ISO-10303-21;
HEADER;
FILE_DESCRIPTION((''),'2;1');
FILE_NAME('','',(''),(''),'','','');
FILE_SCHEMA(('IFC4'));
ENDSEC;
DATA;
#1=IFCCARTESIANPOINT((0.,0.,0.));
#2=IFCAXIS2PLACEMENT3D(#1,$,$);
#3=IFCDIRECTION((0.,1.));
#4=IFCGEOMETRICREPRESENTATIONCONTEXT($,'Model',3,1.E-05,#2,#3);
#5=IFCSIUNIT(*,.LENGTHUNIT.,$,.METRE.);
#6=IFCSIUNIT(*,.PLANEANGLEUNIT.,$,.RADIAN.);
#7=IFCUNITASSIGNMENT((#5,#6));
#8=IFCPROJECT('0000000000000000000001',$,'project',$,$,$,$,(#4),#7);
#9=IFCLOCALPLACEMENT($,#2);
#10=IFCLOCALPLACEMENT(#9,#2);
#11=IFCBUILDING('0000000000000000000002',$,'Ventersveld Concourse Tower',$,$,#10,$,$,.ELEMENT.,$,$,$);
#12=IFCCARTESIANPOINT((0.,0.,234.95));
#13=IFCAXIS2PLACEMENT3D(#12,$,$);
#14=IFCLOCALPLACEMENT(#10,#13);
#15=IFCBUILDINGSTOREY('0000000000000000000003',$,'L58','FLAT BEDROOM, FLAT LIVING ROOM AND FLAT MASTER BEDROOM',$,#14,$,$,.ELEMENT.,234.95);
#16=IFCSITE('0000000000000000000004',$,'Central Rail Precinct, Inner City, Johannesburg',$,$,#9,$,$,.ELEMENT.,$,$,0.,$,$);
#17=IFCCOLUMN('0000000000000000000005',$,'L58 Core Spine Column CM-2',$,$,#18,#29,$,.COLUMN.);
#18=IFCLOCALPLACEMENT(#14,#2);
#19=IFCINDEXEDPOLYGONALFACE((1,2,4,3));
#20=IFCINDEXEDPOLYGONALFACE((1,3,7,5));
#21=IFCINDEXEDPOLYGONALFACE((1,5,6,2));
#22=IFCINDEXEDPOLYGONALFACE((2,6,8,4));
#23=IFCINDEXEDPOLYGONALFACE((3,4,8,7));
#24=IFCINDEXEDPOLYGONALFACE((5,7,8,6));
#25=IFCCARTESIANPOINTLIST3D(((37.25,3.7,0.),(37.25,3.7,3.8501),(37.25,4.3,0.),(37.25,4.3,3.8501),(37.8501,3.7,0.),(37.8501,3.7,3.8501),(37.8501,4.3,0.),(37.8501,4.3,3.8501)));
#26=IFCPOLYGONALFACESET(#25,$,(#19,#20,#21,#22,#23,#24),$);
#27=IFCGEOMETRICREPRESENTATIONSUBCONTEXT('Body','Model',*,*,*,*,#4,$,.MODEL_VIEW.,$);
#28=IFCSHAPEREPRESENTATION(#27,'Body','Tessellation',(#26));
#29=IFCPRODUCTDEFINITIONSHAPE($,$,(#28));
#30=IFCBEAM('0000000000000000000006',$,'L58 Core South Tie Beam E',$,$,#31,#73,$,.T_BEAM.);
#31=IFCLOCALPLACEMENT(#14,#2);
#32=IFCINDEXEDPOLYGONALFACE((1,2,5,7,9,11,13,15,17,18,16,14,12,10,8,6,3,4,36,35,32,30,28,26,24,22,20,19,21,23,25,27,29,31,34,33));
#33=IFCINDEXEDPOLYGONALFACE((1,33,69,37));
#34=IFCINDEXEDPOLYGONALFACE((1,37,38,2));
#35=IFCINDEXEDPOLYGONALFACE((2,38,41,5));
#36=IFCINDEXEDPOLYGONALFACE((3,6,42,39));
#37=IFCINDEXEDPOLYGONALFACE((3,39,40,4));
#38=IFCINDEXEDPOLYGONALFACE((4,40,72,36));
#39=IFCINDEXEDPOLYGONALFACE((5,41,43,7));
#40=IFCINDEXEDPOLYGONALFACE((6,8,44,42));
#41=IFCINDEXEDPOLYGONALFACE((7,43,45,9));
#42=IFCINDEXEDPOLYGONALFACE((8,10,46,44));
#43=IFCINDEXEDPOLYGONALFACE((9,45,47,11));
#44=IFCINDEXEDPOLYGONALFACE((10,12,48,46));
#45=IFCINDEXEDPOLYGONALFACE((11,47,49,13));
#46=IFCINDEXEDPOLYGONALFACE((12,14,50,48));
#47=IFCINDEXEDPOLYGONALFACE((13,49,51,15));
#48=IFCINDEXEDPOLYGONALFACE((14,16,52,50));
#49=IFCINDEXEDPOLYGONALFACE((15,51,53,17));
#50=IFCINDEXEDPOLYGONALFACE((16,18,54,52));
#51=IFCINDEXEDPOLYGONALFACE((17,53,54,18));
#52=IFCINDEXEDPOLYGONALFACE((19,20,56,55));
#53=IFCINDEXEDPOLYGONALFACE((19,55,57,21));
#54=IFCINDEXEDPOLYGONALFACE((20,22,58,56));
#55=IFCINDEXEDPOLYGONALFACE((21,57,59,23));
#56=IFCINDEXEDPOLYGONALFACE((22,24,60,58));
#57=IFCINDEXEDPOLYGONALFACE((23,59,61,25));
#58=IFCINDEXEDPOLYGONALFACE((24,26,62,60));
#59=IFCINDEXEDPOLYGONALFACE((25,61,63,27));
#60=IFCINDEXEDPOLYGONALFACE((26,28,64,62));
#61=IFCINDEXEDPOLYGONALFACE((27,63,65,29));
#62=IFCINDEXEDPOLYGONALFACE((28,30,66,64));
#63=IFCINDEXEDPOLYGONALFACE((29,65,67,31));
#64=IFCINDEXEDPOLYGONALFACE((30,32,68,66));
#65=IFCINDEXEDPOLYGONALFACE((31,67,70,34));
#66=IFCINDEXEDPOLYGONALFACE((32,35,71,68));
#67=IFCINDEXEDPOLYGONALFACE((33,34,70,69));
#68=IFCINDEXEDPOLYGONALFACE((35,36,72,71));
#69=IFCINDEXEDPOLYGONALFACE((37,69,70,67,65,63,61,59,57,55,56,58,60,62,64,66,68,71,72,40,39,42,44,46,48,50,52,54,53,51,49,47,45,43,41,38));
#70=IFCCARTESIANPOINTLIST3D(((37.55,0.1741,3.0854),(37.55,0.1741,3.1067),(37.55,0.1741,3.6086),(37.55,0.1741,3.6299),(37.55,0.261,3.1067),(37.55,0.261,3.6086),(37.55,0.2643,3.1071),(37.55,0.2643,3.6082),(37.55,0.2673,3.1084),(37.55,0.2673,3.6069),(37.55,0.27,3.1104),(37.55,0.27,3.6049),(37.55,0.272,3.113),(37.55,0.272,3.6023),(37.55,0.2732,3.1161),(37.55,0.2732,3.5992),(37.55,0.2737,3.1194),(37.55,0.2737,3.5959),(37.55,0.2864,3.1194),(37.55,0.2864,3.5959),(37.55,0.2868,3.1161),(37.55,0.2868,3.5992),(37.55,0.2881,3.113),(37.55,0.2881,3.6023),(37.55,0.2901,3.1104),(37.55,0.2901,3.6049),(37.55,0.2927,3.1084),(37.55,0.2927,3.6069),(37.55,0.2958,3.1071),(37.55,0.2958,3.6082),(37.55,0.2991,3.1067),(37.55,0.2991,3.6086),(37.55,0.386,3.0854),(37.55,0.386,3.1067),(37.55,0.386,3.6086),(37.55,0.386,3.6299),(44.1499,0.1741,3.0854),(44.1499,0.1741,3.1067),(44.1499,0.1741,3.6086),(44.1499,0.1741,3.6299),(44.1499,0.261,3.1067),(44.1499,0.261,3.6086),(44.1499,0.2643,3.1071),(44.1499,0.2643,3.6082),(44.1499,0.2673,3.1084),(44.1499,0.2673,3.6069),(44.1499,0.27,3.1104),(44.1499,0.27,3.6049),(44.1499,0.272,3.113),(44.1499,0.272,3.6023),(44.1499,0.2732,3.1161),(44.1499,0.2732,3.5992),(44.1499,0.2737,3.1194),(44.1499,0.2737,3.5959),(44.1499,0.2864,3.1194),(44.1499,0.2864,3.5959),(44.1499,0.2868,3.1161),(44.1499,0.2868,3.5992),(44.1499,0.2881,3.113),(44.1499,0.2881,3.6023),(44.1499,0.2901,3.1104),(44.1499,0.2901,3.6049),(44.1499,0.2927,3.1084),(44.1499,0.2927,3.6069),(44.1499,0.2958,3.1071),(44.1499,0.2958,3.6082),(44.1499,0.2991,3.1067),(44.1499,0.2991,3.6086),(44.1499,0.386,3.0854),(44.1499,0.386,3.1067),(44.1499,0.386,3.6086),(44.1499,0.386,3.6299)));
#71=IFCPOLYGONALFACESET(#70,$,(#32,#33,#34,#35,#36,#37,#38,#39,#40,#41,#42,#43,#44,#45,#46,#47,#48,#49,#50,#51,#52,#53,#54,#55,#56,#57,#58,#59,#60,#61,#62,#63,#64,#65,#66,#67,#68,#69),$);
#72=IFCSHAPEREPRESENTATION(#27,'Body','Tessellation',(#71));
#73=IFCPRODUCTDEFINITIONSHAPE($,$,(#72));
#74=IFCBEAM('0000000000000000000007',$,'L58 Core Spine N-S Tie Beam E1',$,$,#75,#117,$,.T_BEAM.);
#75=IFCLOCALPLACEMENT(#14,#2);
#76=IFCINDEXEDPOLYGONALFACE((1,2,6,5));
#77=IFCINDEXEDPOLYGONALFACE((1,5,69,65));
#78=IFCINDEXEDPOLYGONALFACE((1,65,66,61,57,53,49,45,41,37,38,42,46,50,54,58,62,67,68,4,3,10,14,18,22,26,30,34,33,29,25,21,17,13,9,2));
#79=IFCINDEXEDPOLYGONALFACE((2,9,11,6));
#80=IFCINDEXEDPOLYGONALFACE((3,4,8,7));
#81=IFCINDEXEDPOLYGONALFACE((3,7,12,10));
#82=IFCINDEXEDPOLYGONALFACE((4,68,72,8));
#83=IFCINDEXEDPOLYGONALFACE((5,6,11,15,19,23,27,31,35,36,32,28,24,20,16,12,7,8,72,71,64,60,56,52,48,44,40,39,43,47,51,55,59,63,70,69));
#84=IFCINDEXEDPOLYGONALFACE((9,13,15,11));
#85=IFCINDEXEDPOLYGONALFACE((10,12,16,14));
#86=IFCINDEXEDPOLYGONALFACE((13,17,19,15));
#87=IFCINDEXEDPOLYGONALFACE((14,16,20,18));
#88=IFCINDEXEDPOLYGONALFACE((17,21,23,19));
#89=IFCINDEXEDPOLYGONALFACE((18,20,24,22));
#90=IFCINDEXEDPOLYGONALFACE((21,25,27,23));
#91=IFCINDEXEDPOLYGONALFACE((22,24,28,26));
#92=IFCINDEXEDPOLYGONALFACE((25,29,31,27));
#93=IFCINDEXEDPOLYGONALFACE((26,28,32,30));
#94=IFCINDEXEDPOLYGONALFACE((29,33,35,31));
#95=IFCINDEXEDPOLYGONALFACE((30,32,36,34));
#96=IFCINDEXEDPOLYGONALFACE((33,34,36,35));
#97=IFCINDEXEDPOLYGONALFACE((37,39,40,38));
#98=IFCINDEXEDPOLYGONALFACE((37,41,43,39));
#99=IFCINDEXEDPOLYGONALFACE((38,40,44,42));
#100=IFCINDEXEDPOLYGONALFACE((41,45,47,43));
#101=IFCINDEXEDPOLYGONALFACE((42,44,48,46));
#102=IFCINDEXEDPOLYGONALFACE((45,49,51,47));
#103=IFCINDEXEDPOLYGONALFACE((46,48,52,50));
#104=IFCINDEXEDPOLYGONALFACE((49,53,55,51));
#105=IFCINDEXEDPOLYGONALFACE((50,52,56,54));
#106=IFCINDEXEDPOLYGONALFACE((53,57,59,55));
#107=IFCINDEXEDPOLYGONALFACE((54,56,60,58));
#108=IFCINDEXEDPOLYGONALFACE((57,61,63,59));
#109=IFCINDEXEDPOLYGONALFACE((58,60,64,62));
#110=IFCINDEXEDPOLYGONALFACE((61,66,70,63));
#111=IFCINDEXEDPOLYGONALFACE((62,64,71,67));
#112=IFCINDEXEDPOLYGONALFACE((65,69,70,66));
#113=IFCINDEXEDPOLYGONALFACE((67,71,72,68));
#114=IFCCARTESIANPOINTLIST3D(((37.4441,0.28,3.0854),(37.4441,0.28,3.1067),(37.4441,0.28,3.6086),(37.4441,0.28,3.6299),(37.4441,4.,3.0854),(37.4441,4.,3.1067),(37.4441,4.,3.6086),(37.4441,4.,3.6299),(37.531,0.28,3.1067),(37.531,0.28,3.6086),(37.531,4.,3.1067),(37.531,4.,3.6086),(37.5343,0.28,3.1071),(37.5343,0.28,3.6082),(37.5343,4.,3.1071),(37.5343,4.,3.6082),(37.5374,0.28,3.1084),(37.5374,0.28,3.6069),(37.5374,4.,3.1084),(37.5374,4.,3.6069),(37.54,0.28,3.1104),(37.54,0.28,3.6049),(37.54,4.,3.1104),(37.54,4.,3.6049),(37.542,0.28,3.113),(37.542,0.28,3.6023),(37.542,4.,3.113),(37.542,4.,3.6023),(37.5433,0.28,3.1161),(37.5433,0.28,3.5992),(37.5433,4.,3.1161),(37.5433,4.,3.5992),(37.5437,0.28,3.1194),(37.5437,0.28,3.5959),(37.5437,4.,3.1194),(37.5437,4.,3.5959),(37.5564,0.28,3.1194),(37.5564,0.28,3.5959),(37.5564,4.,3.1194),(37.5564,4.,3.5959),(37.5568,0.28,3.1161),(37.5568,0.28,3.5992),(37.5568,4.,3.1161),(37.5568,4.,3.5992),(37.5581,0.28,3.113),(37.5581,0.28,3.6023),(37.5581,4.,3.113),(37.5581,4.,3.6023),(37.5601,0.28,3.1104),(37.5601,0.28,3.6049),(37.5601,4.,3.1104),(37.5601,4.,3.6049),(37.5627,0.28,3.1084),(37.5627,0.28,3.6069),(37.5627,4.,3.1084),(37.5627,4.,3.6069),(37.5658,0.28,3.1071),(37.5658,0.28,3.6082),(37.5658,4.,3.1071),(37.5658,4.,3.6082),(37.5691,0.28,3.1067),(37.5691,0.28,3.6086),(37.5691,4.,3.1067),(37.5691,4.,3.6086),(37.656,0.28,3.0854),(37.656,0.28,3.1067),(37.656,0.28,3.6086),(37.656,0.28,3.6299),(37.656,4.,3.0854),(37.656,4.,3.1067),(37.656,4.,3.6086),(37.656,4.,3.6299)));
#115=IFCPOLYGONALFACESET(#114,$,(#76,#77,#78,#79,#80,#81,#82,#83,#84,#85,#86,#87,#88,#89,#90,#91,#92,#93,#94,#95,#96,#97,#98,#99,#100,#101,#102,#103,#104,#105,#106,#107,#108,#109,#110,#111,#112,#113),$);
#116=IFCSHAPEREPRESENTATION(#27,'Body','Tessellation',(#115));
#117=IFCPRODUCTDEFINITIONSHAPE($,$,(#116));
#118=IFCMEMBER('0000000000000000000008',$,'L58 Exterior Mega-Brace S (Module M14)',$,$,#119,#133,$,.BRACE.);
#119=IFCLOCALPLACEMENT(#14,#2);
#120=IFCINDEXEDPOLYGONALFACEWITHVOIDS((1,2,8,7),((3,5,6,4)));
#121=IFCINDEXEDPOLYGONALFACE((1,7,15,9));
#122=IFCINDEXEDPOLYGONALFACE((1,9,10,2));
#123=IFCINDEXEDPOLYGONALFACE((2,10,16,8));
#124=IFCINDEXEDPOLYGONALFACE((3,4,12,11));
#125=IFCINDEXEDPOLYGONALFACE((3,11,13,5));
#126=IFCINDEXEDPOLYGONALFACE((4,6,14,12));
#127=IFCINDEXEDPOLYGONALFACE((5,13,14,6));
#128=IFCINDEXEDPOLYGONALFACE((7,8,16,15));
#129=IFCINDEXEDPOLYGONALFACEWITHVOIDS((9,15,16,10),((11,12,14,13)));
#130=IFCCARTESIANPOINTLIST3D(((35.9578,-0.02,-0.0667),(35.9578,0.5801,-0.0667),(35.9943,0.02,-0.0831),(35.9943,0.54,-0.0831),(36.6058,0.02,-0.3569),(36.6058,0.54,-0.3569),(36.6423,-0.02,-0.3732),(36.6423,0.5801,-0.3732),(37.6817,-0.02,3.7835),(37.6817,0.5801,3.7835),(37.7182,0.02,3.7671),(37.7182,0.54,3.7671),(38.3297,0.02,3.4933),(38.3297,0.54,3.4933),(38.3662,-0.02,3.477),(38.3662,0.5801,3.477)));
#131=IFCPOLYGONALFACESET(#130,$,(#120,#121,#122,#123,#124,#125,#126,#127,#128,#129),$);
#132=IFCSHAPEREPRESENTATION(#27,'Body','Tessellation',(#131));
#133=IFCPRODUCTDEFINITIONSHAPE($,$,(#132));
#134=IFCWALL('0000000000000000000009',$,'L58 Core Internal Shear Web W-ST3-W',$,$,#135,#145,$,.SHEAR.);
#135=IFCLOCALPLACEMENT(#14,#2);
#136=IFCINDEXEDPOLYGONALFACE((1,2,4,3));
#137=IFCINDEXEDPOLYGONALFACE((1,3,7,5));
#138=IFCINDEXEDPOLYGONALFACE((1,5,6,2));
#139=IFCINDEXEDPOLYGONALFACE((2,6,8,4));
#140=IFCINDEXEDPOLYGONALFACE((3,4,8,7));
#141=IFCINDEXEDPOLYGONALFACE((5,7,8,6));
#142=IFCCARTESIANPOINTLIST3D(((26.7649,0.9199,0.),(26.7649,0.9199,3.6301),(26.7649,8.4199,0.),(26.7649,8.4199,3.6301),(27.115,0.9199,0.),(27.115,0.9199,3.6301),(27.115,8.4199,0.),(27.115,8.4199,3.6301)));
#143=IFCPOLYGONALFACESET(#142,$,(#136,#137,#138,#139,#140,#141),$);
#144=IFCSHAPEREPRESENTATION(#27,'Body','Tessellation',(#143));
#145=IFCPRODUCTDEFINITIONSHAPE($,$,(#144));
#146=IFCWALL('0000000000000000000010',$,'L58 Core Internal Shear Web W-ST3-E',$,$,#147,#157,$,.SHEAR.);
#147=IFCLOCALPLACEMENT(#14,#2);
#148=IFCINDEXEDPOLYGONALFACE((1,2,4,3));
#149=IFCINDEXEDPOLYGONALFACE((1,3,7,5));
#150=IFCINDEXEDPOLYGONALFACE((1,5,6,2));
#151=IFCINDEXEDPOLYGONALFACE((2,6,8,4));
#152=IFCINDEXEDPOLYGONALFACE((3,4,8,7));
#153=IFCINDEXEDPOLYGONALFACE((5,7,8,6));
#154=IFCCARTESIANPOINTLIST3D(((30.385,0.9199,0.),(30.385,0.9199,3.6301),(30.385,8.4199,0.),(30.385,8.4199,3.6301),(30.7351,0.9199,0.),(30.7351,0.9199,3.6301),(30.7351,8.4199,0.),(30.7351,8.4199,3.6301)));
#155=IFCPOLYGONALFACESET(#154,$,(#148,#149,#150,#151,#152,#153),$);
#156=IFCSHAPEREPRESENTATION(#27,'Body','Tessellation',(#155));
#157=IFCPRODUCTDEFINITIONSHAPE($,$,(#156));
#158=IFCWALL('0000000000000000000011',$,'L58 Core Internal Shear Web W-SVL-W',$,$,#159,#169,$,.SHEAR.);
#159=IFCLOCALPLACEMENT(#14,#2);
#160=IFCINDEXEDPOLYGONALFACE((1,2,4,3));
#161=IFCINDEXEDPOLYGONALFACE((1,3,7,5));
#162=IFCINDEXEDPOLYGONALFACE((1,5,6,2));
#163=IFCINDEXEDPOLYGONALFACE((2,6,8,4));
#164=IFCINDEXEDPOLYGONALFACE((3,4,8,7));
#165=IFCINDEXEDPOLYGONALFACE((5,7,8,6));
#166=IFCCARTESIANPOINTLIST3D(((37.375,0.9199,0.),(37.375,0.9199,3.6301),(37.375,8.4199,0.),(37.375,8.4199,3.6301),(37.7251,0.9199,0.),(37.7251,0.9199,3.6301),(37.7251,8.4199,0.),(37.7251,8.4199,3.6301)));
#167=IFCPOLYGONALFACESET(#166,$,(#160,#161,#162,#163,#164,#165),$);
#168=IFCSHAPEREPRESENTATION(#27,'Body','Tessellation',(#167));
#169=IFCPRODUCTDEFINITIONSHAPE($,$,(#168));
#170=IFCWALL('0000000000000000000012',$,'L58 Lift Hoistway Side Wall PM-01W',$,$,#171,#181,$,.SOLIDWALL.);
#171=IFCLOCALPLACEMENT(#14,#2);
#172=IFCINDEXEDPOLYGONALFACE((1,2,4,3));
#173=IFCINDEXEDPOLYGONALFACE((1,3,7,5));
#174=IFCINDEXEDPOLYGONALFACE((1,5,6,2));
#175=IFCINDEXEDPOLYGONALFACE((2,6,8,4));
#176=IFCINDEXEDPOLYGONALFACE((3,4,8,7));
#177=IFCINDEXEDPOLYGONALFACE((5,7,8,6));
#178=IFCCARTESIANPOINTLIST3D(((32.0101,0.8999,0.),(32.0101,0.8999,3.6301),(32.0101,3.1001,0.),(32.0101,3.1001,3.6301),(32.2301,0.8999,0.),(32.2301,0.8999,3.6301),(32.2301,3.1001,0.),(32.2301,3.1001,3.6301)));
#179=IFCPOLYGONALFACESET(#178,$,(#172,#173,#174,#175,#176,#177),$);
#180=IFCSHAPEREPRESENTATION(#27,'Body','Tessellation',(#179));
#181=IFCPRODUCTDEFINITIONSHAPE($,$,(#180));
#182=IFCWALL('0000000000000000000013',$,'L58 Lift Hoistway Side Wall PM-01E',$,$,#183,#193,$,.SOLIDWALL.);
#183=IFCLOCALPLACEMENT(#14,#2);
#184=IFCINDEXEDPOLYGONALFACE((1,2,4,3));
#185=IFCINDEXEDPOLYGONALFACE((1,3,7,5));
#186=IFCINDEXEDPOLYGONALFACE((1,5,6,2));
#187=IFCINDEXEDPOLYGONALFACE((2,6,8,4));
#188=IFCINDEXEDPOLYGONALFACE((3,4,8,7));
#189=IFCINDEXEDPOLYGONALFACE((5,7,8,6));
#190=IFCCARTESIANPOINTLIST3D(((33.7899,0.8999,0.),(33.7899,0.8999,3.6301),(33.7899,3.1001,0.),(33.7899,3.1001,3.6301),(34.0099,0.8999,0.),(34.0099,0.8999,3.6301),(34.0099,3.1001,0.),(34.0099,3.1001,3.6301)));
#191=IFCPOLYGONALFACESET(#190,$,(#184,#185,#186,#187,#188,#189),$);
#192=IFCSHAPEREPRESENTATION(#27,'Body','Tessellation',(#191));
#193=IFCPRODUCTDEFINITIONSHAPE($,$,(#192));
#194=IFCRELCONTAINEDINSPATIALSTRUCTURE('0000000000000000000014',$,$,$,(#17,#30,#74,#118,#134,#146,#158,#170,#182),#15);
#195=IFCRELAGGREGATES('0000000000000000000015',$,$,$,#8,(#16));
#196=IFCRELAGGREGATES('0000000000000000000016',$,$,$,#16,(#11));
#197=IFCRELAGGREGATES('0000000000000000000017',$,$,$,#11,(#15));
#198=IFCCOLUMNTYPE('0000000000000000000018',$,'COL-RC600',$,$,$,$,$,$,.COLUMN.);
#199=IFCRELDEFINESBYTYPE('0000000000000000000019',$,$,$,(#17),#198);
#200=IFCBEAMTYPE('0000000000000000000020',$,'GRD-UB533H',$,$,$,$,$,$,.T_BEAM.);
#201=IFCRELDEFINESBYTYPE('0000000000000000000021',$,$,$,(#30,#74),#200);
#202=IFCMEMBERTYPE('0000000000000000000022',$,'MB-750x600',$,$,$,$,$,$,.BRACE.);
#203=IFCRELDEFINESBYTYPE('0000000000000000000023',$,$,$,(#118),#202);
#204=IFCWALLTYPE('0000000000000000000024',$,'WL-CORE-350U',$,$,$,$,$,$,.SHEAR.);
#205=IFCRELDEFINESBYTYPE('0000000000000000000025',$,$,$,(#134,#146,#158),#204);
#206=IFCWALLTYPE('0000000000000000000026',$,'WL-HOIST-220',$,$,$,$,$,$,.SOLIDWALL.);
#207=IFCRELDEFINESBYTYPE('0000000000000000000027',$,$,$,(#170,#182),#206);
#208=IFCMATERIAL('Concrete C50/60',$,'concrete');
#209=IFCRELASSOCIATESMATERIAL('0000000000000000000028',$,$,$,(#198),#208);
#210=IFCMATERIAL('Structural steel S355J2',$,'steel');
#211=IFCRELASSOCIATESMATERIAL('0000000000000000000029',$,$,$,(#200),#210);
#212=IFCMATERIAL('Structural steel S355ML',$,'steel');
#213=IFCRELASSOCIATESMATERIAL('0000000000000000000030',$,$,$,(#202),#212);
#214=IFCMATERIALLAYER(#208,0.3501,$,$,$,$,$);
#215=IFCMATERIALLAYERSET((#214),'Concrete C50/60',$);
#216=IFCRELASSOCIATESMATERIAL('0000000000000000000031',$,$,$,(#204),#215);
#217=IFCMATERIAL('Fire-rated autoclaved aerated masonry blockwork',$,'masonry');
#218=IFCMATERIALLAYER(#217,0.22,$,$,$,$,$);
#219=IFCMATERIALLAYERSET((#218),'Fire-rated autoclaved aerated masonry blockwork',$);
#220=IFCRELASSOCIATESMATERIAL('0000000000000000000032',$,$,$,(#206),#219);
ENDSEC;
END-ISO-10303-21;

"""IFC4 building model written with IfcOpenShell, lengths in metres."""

from ifc_helpers import new_model, si_unit, direction, frame, frame_2d, origin, origin_2d, place, context, subcontext, project, spatial, rectangle, hollow_rectangle, i_section, extrude, material, layer, layer_set, material_profile, profile_set, type_object, element, save


model = new_model("IFC4")

# Units and contexts
model_context = context("Model", 3, precision=1e-05, world=origin(), true_north=direction((0.0, 1.0)))
body_context = subcontext(model_context, "Body", "Model", "MODEL_VIEW")
ifc_project = project(units=[si_unit("LENGTHUNIT", "METRE"), si_unit("PLANEANGLEUNIT", "RADIAN")], contexts=[model_context])

# Site, building, storey
site_placement = place(None, origin())
site = spatial("IfcSite", under=ifc_project, at=site_placement, Name="Central Rail Precinct, Inner City, Johannesburg", CompositionType="ELEMENT", RefElevation=0.0)
building_placement = place(site_placement, origin())
building = spatial("IfcBuilding", under=site, at=building_placement, Name="Ventersveld Concourse Tower", CompositionType="ELEMENT")
storey_placement = place(building_placement, frame((0.0, 0.0, 234.95)))
storey = spatial("IfcBuildingStorey", under=building, at=storey_placement, Name="L58", Description="FLAT BEDROOM, FLAT LIVING ROOM AND FLAT MASTER BEDROOM", CompositionType="ELEMENT", Elevation=234.95)

# Column
ifc_material_1 = material(Name="Concrete C50/60", Category="concrete")
ifc_material_profile_1 = material_profile(ifc_material_1, rectangle(XDim=0.6001, YDim=0.6001, at=origin_2d()), Name="RC 600x600")
ifc_profile_set_1 = profile_set([ifc_material_profile_1], Name="Concrete C50/60")
column_type = type_object("IfcColumnType", Name="COL-RC600", PredefinedType="COLUMN", material=ifc_profile_set_1)
column_placement = place(storey_placement, frame((37.55, 4.0, 0.0), z_axis=(0.0, 0.0, 1.0), x_axis=(1.0, 0.0, 0.0)))
element("IfcColumn", 1, at=column_placement, inside=storey, type_object=column_type, Name="L58 Core Spine Column CM-2", PredefinedType="COLUMN", context=body_context, shape_type="SweptSolid", body=[
    extrude(rectangle(XDim=0.6001, YDim=0.6001, at=origin_2d()), origin(), (0.0, 0.0, 1.0), 3.8501),
])

# Beams
ifc_material_2 = material(Name="Structural steel S355J2", Category="steel")
ifc_material_profile_2 = material_profile(ifc_material_2, i_section(OverallWidth=0.2119, OverallDepth=0.5444, WebThickness=0.0127, FlangeThickness=0.0212, FilletRadius=0.0127, at=origin_2d()), Name="UB 533x210x122")
ifc_profile_set_2 = profile_set([ifc_material_profile_2], Name="Structural steel S355J2")
beam_type = type_object("IfcBeamType", Name="GRD-UB533H", PredefinedType="T_BEAM", material=ifc_profile_set_2)
beam_1_placement = place(storey_placement, frame((37.55, 0.28, 3.3577), z_axis=(1.0, 0.0, 0.0), x_axis=(0.0, 1.0, 0.0)))
element("IfcBeam", 2, at=beam_1_placement, inside=storey, type_object=beam_type, Name="L58 Core South Tie Beam E", PredefinedType="T_BEAM", context=body_context, shape_type="SweptSolid", body=[
    extrude(i_section(OverallWidth=0.2119, OverallDepth=0.5444, WebThickness=0.0127, FlangeThickness=0.0212, FilletRadius=0.0127, at=origin_2d()), origin(), (0.0, 0.0, 1.0), 6.5999),
])
beam_2_placement = place(storey_placement, frame((37.55, 0.28, 3.3577), z_axis=(0.0, 1.0, 0.0), x_axis=(-1.0, 0.0, 0.0)))
element("IfcBeam", 3, at=beam_2_placement, inside=storey, type_object=beam_type, Name="L58 Core Spine N-S Tie Beam E1", PredefinedType="T_BEAM", context=body_context, shape_type="SweptSolid", body=[
    extrude(i_section(OverallWidth=0.2119, OverallDepth=0.5444, WebThickness=0.0127, FlangeThickness=0.0212, FilletRadius=0.0127, at=origin_2d()), origin(), (0.0, 0.0, 1.0), 3.72),
])

# Member
ifc_material_3 = material(Name="Structural steel S355ML", Category="steel")
ifc_material_profile_3 = material_profile(ifc_material_3, hollow_rectangle(XDim=0.6001, YDim=0.75, WallThickness=0.04, at=origin_2d()), Name="BOX 750x600x40")
ifc_profile_set_3 = profile_set([ifc_material_profile_3], Name="Structural steel S355ML")
member_type = type_object("IfcMemberType", Name="MB-750x600", PredefinedType="BRACE", material=ifc_profile_set_3)
member_placement = place(storey_placement, frame((36.3, 0.28, -0.22), z_axis=(0.408655, 0.0, 0.912689), x_axis=(0.0, 1.0, 0.0)))
element("IfcMember", 4, at=member_placement, inside=storey, type_object=member_type, Name="L58 Exterior Mega-Brace S (Module M14)", PredefinedType="BRACE", context=body_context, shape_type="SweptSolid", body=[
    extrude(hollow_rectangle(XDim=0.6001, YDim=0.75, WallThickness=0.04, at=origin_2d()), origin(), (0.0, 0.0, 1.0), 4.2185),
])

# Walls
ifc_layer_1 = layer(ifc_material_1, 0.3501)
ifc_layer_set_1 = layer_set([ifc_layer_1], Name="Concrete C50/60")
wall_type_1 = type_object("IfcWallType", Name="WL-CORE-350U", PredefinedType="SHEAR", material=ifc_layer_set_1)
for number, where, z_axis, x_axis, name in (
    (5, (26.9399, 0.9199, 0.0), (0.0, 0.0, 1.0), (0.0, 1.0, 0.0), "L58 Core Internal Shear Web W-ST3-W"),
    (6, (30.5601, 0.9199, 0.0), (0.0, 0.0, 1.0), (0.0, 1.0, 0.0), "L58 Core Internal Shear Web W-ST3-E"),
    (7, (37.55, 0.9199, 0.0), (0.0, 0.0, 1.0), (0.0, 1.0, 0.0), "L58 Core Internal Shear Web W-SVL-W"),
):
    element("IfcWall", number, at=place(storey_placement, frame(where, z_axis=z_axis, x_axis=x_axis)), inside=storey, type_object=wall_type_1, Name=name, PredefinedType="SHEAR", context=body_context, shape_type="SweptSolid", body=[
        extrude(rectangle(XDim=7.5, YDim=0.3501, at=frame_2d((3.75, 0.0))), origin(), (0.0, 0.0, 1.0), 3.6301),
    ])
ifc_material_4 = material(Name="Fire-rated autoclaved aerated masonry blockwork", Category="masonry")
ifc_layer_2 = layer(ifc_material_4, 0.22)
ifc_layer_set_2 = layer_set([ifc_layer_2], Name="Fire-rated autoclaved aerated masonry blockwork")
wall_type_2 = type_object("IfcWallType", Name="WL-HOIST-220", PredefinedType="SOLIDWALL", material=ifc_layer_set_2)
for number, where, z_axis, x_axis, name in (
    (8, (32.1201, 0.8999, 0.0), (0.0, 0.0, 1.0), (0.0, 1.0, 0.0), "L58 Lift Hoistway Side Wall PM-01W"),
    (9, (33.8999, 0.8999, 0.0), (0.0, 0.0, 1.0), (0.0, 1.0, 0.0), "L58 Lift Hoistway Side Wall PM-01E"),
):
    element("IfcWall", number, at=place(storey_placement, frame(where, z_axis=z_axis, x_axis=x_axis)), inside=storey, type_object=wall_type_2, Name=name, PredefinedType="SOLIDWALL", context=body_context, shape_type="SweptSolid", body=[
        extrude(rectangle(XDim=2.2002, YDim=0.22, at=frame_2d((1.1001, 0.0))), origin(), (0.0, 0.0, 1.0), 3.6301),
    ])

save(model, "model.ifc")
